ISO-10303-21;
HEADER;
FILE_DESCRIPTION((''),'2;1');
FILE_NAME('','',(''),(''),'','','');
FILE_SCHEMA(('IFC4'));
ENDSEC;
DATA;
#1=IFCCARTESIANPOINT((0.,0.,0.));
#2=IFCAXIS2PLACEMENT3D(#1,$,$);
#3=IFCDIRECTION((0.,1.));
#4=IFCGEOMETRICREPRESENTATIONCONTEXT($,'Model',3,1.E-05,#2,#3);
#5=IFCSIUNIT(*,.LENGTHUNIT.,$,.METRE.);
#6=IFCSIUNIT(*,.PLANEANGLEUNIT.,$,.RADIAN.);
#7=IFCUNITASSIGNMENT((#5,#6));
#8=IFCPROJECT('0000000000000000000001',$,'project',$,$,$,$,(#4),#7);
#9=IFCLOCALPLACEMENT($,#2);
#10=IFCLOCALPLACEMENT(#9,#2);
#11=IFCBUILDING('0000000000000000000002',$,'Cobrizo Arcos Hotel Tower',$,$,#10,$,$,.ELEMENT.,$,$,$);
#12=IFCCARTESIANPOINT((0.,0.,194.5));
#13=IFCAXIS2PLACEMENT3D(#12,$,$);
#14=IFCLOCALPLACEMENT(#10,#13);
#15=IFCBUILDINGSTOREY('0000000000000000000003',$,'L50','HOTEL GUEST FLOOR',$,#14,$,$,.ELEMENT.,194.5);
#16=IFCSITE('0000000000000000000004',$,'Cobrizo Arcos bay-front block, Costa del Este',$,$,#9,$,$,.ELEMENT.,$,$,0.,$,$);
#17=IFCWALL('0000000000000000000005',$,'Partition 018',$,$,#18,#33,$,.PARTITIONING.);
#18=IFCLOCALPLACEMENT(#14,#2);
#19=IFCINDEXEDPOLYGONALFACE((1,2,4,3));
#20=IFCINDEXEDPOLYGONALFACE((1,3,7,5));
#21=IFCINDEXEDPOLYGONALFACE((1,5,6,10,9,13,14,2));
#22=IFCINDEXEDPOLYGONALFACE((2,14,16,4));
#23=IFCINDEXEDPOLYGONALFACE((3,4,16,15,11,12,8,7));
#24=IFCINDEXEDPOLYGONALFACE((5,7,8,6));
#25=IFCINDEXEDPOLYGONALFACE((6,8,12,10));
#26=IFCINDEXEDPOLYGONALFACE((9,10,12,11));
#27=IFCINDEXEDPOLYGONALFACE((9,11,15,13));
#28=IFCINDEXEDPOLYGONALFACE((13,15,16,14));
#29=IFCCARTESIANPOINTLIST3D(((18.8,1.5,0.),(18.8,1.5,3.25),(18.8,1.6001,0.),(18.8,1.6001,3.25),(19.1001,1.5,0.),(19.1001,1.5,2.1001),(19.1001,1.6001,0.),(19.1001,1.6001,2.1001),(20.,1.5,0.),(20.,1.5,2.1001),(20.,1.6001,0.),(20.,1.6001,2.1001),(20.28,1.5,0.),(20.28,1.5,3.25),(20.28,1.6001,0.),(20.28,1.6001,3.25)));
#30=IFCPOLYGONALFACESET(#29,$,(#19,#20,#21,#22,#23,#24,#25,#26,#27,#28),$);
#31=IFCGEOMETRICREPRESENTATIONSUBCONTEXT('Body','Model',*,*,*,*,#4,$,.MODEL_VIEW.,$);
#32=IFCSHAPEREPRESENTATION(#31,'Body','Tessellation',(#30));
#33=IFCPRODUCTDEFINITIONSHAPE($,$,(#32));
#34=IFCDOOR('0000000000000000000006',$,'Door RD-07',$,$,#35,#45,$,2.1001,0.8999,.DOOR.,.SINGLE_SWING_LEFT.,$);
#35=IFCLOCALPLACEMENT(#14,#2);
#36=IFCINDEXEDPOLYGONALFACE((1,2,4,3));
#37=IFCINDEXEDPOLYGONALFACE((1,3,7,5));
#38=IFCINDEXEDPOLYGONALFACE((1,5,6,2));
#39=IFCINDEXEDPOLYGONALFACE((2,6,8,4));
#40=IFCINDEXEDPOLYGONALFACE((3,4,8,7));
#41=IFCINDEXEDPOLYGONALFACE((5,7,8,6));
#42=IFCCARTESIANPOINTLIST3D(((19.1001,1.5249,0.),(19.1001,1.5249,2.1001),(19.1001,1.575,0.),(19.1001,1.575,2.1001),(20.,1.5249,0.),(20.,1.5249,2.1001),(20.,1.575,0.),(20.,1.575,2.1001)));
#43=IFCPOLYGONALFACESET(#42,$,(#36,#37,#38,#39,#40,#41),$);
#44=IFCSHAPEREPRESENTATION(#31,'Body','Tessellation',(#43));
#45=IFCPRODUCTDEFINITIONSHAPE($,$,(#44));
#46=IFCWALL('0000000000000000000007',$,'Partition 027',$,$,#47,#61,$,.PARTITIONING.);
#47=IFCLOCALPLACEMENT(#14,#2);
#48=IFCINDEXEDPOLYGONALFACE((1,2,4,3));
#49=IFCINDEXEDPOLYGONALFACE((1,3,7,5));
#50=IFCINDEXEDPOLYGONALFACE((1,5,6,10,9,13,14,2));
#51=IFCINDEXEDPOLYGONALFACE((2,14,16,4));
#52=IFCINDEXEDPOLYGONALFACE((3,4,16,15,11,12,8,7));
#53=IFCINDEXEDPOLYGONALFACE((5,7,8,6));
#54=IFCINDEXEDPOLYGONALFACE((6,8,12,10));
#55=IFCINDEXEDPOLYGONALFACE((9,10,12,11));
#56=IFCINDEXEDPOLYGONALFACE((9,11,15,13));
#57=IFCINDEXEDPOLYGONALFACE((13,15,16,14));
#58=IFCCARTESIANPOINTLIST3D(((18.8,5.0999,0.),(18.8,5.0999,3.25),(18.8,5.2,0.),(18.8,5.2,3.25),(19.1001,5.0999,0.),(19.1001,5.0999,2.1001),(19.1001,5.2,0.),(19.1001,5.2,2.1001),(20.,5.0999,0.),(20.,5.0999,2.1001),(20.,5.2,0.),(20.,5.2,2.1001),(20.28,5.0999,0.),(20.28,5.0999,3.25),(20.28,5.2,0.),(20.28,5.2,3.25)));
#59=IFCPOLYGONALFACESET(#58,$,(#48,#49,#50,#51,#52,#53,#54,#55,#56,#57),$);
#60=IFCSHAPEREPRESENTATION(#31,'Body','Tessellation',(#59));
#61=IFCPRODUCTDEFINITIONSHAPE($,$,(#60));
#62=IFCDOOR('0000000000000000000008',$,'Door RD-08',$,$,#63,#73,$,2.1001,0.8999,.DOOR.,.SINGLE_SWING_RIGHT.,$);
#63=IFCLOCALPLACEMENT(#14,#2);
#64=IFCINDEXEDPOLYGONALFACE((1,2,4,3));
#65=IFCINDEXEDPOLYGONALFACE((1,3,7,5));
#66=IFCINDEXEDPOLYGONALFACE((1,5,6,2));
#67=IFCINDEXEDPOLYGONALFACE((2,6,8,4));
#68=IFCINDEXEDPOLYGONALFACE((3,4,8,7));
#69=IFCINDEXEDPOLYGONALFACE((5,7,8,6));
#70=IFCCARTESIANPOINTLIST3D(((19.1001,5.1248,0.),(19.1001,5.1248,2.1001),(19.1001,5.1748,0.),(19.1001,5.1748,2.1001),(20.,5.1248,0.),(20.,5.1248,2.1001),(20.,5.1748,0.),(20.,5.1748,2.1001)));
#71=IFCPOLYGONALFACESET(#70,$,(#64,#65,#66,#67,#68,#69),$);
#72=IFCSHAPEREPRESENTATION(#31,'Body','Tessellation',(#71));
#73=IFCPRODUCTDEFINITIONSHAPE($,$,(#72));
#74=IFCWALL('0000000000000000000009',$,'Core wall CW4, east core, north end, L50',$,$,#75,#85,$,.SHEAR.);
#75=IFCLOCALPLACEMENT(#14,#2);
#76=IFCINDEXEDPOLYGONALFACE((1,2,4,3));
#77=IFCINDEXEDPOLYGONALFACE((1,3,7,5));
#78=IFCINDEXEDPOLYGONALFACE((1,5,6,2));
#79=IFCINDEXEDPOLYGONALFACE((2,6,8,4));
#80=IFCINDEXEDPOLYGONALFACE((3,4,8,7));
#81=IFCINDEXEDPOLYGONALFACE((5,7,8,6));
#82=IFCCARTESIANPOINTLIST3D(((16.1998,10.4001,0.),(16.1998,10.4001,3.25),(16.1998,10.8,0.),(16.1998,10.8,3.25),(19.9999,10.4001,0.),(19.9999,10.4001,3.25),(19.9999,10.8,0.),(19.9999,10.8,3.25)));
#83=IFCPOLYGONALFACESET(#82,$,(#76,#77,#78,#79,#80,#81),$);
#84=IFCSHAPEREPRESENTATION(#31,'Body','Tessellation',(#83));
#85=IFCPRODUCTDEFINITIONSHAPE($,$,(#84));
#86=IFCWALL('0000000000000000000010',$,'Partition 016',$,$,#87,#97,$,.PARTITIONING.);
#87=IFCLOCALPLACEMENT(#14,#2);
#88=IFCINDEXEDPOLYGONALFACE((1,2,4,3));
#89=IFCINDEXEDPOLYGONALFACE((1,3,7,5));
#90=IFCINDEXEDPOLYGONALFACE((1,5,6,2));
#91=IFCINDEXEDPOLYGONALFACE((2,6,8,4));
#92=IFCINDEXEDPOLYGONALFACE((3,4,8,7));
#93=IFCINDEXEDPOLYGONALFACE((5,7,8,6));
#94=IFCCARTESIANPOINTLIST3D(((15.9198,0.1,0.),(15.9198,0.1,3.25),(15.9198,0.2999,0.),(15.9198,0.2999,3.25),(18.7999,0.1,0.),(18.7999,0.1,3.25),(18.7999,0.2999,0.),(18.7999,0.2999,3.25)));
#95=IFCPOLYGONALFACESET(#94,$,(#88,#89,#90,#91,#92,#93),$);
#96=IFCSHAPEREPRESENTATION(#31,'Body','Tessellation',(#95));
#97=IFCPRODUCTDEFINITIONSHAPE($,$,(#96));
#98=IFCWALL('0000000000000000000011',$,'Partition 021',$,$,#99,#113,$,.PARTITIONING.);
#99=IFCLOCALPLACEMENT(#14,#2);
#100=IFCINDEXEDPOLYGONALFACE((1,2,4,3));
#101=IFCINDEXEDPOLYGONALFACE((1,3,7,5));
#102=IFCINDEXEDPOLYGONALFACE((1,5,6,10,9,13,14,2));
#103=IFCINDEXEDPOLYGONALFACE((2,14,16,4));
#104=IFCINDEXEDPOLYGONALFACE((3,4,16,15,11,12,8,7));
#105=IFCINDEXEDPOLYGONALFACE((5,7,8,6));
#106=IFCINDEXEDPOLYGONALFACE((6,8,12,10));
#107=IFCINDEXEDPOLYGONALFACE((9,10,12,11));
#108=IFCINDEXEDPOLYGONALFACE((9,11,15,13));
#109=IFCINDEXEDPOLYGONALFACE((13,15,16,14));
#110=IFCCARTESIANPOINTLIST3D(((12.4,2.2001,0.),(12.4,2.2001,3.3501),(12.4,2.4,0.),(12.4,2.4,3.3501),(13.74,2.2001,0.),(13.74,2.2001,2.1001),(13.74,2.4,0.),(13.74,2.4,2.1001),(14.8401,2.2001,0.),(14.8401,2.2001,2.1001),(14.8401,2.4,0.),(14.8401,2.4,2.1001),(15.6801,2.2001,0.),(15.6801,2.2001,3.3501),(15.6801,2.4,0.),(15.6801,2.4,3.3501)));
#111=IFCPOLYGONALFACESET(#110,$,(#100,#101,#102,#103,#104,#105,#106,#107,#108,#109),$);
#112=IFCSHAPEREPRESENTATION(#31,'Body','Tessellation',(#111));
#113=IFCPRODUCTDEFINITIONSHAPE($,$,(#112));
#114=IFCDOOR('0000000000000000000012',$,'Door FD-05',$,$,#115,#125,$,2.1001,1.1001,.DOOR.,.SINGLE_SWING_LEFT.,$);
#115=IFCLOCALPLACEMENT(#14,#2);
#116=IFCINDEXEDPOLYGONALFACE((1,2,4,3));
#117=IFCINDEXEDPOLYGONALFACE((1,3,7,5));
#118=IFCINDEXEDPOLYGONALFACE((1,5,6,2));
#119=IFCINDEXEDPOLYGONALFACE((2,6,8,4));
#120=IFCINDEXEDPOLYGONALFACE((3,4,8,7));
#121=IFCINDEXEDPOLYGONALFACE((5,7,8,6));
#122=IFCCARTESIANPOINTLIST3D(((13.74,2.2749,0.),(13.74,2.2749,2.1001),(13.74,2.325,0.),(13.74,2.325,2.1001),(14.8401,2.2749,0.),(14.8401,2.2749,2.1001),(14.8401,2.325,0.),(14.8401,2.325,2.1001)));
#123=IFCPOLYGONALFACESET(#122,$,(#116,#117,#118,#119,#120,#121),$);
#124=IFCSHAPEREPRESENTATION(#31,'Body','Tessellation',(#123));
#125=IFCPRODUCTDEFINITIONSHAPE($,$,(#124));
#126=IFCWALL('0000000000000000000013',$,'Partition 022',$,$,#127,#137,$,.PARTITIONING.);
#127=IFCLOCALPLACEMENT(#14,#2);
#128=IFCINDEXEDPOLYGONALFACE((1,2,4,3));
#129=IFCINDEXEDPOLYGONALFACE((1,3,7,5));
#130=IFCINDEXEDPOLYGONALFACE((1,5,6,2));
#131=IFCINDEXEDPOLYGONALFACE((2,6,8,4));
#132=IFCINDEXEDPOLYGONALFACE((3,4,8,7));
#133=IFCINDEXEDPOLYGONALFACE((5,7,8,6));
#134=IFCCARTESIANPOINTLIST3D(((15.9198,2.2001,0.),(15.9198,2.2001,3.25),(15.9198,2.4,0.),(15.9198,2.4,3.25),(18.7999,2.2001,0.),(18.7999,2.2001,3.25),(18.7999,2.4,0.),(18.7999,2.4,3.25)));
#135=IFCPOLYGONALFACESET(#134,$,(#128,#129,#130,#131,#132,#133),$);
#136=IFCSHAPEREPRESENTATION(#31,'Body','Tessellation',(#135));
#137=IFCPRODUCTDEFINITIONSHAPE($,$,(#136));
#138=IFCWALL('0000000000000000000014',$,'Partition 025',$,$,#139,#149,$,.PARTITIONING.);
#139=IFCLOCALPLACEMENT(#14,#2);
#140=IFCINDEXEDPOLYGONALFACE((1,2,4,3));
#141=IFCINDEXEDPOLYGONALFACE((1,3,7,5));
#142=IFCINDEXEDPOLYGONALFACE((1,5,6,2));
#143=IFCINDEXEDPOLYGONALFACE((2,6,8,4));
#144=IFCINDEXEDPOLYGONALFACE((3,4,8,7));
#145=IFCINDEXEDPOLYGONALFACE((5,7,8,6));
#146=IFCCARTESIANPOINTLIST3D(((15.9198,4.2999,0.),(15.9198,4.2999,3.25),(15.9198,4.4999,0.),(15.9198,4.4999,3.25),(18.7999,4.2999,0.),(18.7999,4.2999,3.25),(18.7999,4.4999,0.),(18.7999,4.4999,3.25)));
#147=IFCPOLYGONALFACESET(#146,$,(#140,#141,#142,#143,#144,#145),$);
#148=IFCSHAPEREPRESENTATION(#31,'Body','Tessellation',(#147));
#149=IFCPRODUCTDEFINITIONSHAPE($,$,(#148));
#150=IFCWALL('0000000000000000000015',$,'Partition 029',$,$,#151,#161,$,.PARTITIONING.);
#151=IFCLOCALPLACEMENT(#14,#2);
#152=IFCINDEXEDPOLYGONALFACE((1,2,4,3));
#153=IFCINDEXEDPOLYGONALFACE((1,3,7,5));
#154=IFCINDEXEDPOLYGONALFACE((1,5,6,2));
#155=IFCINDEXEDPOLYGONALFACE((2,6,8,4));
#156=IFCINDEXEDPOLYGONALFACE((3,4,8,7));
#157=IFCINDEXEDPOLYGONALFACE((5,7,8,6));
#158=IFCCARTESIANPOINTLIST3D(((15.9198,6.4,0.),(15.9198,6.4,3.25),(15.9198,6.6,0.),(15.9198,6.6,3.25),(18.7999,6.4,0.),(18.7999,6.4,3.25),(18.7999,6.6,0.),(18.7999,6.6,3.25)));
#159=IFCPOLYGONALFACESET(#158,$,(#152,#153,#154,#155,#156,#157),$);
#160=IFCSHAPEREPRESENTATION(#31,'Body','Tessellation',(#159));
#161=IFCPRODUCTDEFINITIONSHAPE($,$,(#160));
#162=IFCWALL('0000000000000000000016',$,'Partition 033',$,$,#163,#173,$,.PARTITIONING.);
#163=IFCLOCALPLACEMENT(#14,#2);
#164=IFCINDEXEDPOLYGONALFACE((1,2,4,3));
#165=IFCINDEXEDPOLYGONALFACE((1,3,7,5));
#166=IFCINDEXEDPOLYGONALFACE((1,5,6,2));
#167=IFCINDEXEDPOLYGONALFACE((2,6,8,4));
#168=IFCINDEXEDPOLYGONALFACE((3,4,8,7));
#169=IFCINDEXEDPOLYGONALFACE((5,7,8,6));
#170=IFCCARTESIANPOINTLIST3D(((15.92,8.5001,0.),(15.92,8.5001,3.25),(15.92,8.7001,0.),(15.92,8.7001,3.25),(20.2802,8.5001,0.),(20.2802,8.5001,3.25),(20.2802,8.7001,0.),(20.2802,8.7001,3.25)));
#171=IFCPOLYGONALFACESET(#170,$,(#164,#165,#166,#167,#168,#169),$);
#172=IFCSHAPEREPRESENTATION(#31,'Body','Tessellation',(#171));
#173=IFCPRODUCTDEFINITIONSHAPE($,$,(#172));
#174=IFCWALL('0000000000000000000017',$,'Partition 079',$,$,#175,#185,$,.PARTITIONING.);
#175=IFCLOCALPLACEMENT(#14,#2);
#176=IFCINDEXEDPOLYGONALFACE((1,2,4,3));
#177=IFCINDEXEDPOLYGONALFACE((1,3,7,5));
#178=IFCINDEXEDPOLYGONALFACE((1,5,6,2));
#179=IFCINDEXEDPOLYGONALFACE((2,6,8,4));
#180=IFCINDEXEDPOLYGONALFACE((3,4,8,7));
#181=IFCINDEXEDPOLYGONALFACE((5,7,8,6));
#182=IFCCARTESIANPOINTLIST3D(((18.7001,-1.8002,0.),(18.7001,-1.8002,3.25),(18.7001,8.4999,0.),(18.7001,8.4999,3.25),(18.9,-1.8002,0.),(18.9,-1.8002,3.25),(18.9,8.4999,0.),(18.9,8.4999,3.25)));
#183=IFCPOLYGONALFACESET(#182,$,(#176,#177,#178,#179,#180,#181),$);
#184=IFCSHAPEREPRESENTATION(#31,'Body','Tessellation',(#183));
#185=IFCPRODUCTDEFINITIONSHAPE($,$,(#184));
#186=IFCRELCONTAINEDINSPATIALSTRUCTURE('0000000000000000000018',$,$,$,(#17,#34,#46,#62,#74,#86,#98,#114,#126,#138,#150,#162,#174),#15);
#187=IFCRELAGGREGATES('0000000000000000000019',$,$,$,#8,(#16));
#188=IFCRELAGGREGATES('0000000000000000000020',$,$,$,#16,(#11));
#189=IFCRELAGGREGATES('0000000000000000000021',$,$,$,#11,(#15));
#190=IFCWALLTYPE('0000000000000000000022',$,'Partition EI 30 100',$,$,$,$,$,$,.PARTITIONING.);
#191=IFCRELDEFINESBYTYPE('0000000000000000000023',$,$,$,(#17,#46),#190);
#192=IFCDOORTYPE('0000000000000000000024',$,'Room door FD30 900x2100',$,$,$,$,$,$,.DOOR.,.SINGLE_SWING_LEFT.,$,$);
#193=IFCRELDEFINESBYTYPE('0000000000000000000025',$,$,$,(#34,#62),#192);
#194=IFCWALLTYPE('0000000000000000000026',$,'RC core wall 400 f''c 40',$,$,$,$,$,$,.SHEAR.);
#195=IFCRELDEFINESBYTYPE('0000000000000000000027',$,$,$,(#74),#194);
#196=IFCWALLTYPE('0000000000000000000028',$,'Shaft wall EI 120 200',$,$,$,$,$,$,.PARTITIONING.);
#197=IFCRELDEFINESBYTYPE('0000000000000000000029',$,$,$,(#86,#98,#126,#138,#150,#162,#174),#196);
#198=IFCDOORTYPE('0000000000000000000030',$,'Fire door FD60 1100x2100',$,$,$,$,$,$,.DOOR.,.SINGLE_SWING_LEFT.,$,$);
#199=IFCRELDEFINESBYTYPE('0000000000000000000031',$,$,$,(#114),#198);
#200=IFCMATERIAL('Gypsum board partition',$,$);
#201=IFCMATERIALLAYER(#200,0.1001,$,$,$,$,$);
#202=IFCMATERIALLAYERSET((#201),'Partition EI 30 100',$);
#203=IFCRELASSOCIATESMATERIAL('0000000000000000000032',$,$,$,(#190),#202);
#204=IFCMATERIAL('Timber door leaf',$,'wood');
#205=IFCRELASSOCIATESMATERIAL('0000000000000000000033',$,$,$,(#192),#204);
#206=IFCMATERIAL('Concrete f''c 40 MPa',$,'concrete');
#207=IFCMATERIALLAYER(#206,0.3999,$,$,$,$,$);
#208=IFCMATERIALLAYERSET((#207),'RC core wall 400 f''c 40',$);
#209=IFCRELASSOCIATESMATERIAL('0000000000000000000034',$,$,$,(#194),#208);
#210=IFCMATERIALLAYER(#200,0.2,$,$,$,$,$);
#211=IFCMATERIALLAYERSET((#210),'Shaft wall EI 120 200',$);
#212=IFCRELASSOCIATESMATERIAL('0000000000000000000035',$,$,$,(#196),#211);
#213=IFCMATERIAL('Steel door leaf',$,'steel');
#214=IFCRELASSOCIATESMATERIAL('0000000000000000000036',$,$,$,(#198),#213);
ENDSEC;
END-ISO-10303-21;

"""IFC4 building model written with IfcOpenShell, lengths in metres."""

from ifc_helpers import new_model, si_unit, direction, frame, frame_2d, origin, place, context, subcontext, project, spatial, rectangle, extrude, material, layer, layer_set, type_object, element, fill, save


model = new_model("IFC4")

# Units and contexts
model_context = context("Model", 3, precision=1e-05, world=origin(), true_north=direction((0.0, 1.0)))
body_context = subcontext(model_context, "Body", "Model", "MODEL_VIEW")
ifc_project = project(units=[si_unit("LENGTHUNIT", "METRE"), si_unit("PLANEANGLEUNIT", "RADIAN")], contexts=[model_context])

# Site, building, storey
site_placement = place(None, origin())
site = spatial("IfcSite", under=ifc_project, at=site_placement, Name="Cobrizo Arcos bay-front block, Costa del Este", CompositionType="ELEMENT", RefElevation=0.0)
building_placement = place(site_placement, origin())
building = spatial("IfcBuilding", under=site, at=building_placement, Name="Cobrizo Arcos Hotel Tower", CompositionType="ELEMENT")
storey_placement = place(building_placement, frame((0.0, 0.0, 194.5)))
storey = spatial("IfcBuildingStorey", under=building, at=storey_placement, Name="L50", Description="HOTEL GUEST FLOOR", CompositionType="ELEMENT", Elevation=194.5)

# Shared definitions
ifc_material_1 = material(Name="Gypsum board partition")

# Walls, openings, doors
ifc_layer_1 = layer(ifc_material_1, 0.1001)
ifc_layer_set_1 = layer_set([ifc_layer_1], Name="Partition EI 30 100")
wall_type_1 = type_object("IfcWallType", Name="Partition EI 30 100", PredefinedType="PARTITIONING", material=ifc_layer_set_1)
wall_1_placement = place(storey_placement, frame((18.8, 1.55, 0.0), z_axis=(0.0, 0.0, 1.0), x_axis=(1.0, 0.0, 0.0)))
wall_1 = element("IfcWall", 1, at=wall_1_placement, inside=storey, type_object=wall_type_1, Name="Partition 018", PredefinedType="PARTITIONING", context=body_context, shape_type="SweptSolid", body=[
    extrude(rectangle(XDim=1.48, YDim=0.1001, at=frame_2d((0.74, 0.0))), origin(), (0.0, 0.0, 1.0), 3.25),
])
opening_1_placement = place(wall_1_placement, frame((0.3, 0.0, 0.0)))
opening_1 = element("IfcOpeningElement", 2, at=opening_1_placement, cuts=wall_1, PredefinedType="OPENING", context=body_context, shape_type="SweptSolid", body=[
    extrude(rectangle(XDim=0.8999, YDim=2.1001, at=frame_2d((0.45, 1.05))), frame((0.0, 0.062, 0.0), z_axis=(0.0, -1.0, 0.0), x_axis=(1.0, 0.0, 0.0)), (0.0, 0.0, 1.0), 0.124),
])
ifc_material_2 = material(Name="Timber door leaf", Category="wood")
door_type_1 = type_object("IfcDoorType", Name="Room door FD30 900x2100", OperationType="SINGLE_SWING_LEFT", PredefinedType="DOOR", material=ifc_material_2)
door_1_placement = place(opening_1_placement, origin())
door_1 = element("IfcDoor", 3, at=door_1_placement, inside=storey, type_object=door_type_1, Name="Door RD-07", OperationType="SINGLE_SWING_LEFT", OverallHeight=2.1001, OverallWidth=0.8999, PredefinedType="DOOR", context=body_context, shape_type="SweptSolid", body=[
    extrude(rectangle(XDim=0.8999, YDim=2.1001, at=frame_2d((0.45, 1.05))), frame((0.0, 0.0249, 0.0), z_axis=(0.0, -1.0, 0.0), x_axis=(1.0, 0.0, 0.0)), (0.0, 0.0, 1.0), 0.05),
])
fill(opening_1, door_1)
wall_2_placement = place(storey_placement, frame((18.8, 5.1499, 0.0), z_axis=(0.0, 0.0, 1.0), x_axis=(1.0, 0.0, 0.0)))
wall_2 = element("IfcWall", 4, at=wall_2_placement, inside=storey, type_object=wall_type_1, Name="Partition 027", PredefinedType="PARTITIONING", context=body_context, shape_type="SweptSolid", body=[
    extrude(rectangle(XDim=1.48, YDim=0.1001, at=frame_2d((0.74, 0.0))), origin(), (0.0, 0.0, 1.0), 3.25),
])
opening_2_placement = place(wall_2_placement, frame((0.3, 0.0, 0.0)))
opening_2 = element("IfcOpeningElement", 5, at=opening_2_placement, cuts=wall_2, PredefinedType="OPENING", context=body_context, shape_type="SweptSolid", body=[
    extrude(rectangle(XDim=0.8999, YDim=2.1001, at=frame_2d((0.45, 1.05))), frame((0.0, 0.062, 0.0), z_axis=(0.0, -1.0, 0.0), x_axis=(1.0, 0.0, 0.0)), (0.0, 0.0, 1.0), 0.124),
])
door_2_placement = place(opening_2_placement, origin())
door_2 = element("IfcDoor", 6, at=door_2_placement, inside=storey, type_object=door_type_1, Name="Door RD-08", OperationType="SINGLE_SWING_RIGHT", OverallHeight=2.1001, OverallWidth=0.8999, PredefinedType="DOOR", context=body_context, shape_type="SweptSolid", body=[
    extrude(rectangle(XDim=0.8999, YDim=2.1001, at=frame_2d((0.45, 1.05))), frame((0.0, 0.0249, 0.0), z_axis=(0.0, -1.0, 0.0), x_axis=(1.0, 0.0, 0.0)), (0.0, 0.0, 1.0), 0.05),
])
fill(opening_2, door_2)

# Walls
ifc_material_3 = material(Name="Concrete f'c 40 MPa", Category="concrete")
ifc_layer_2 = layer(ifc_material_3, 0.3999)
ifc_layer_set_2 = layer_set([ifc_layer_2], Name="RC core wall 400 f'c 40")
wall_type_2 = type_object("IfcWallType", Name="RC core wall 400 f'c 40", PredefinedType="SHEAR", material=ifc_layer_set_2)
wall_3_placement = place(storey_placement, frame((16.2, 10.6001, 0.0), z_axis=(0.0, 0.0, 1.0), x_axis=(1.0, 0.0, 0.0)))
element("IfcWall", 7, at=wall_3_placement, inside=storey, type_object=wall_type_2, Name="Core wall CW4, east core, north end, L50", PredefinedType="SHEAR", context=body_context, shape_type="SweptSolid", body=[
    extrude(rectangle(XDim=3.8, YDim=0.3999, at=frame_2d((1.8999, 0.0))), origin(), (0.0, 0.0, 1.0), 3.25),
])
ifc_layer_3 = layer(ifc_material_1, 0.2)
ifc_layer_set_3 = layer_set([ifc_layer_3], Name="Shaft wall EI 120 200")
wall_type_3 = type_object("IfcWallType", Name="Shaft wall EI 120 200", PredefinedType="PARTITIONING", material=ifc_layer_set_3)
wall_4_placement = place(storey_placement, frame((15.9199, 0.2, 0.0), z_axis=(0.0, 0.0, 1.0), x_axis=(1.0, 0.0, 0.0)))
element("IfcWall", 8, at=wall_4_placement, inside=storey, type_object=wall_type_3, Name="Partition 016", PredefinedType="PARTITIONING", context=body_context, shape_type="SweptSolid", body=[
    extrude(rectangle(XDim=2.8801, YDim=0.2, at=frame_2d((1.4399, 0.0))), origin(), (0.0, 0.0, 1.0), 3.25),
])

# Wall, opening, door
wall_5_placement = place(storey_placement, frame((12.3999, 2.3, 0.0), z_axis=(0.0, 0.0, 1.0), x_axis=(1.0, 0.0, 0.0)))
wall_5 = element("IfcWall", 9, at=wall_5_placement, inside=storey, type_object=wall_type_3, Name="Partition 021", PredefinedType="PARTITIONING", context=body_context, shape_type="SweptSolid", body=[
    extrude(rectangle(XDim=3.28, YDim=0.2, at=frame_2d((1.6401, 0.0))), origin(), (0.0, 0.0, 1.0), 3.3501),
])
opening_3_placement = place(wall_5_placement, frame((1.3401, 0.0, 0.0)))
opening_3 = element("IfcOpeningElement", 10, at=opening_3_placement, cuts=wall_5, PredefinedType="OPENING", context=body_context, shape_type="SweptSolid", body=[
    extrude(rectangle(XDim=1.1001, YDim=2.1001, at=frame_2d((0.55, 1.05))), frame((0.0, 0.1121, 0.0), z_axis=(0.0, -1.0, 0.0), x_axis=(1.0, 0.0, 0.0)), (0.0, 0.0, 1.0), 0.2239),
])
ifc_material_4 = material(Name="Steel door leaf", Category="steel")
door_type_2 = type_object("IfcDoorType", Name="Fire door FD60 1100x2100", OperationType="SINGLE_SWING_LEFT", PredefinedType="DOOR", material=ifc_material_4)
door_3_placement = place(opening_3_placement, origin())
door_3 = element("IfcDoor", 11, at=door_3_placement, inside=storey, type_object=door_type_2, Name="Door FD-05", OperationType="SINGLE_SWING_LEFT", OverallHeight=2.1001, OverallWidth=1.1001, PredefinedType="DOOR", context=body_context, shape_type="SweptSolid", body=[
    extrude(rectangle(XDim=1.1001, YDim=2.1001, at=frame_2d((0.55, 1.05))), frame((0.0, 0.0249, 0.0), z_axis=(0.0, -1.0, 0.0), x_axis=(1.0, 0.0, 0.0)), (0.0, 0.0, 1.0), 0.05),
])
fill(opening_3, door_3)

# Walls
for number, where, z_axis, x_axis, name in (
    (12, (15.9199, 2.3, 0.0), (0.0, 0.0, 1.0), (1.0, 0.0, 0.0), "Partition 022"),
    (13, (15.9199, 4.3999, 0.0), (0.0, 0.0, 1.0), (1.0, 0.0, 0.0), "Partition 025"),
    (14, (15.9199, 6.5, 0.0), (0.0, 0.0, 1.0), (1.0, 0.0, 0.0), "Partition 029"),
):
    element("IfcWall", number, at=place(storey_placement, frame(where, z_axis=z_axis, x_axis=x_axis)), inside=storey, type_object=wall_type_3, Name=name, PredefinedType="PARTITIONING", context=body_context, shape_type="SweptSolid", body=[
        extrude(rectangle(XDim=2.8801, YDim=0.2, at=frame_2d((1.4399, 0.0))), origin(), (0.0, 0.0, 1.0), 3.25),
    ])
wall_6_placement = place(storey_placement, frame((15.9199, 8.6001, 0.0), z_axis=(0.0, 0.0, 1.0), x_axis=(1.0, 0.0, 0.0)))
element("IfcWall", 15, at=wall_6_placement, inside=storey, type_object=wall_type_3, Name="Partition 033", PredefinedType="PARTITIONING", context=body_context, shape_type="SweptSolid", body=[
    extrude(rectangle(XDim=4.3601, YDim=0.2, at=frame_2d((2.1802, 0.0))), origin(), (0.0, 0.0, 1.0), 3.25),
])
wall_7_placement = place(storey_placement, frame((18.8, -1.8, 0.0), z_axis=(0.0, 0.0, 1.0), x_axis=(0.0, 1.0, 0.0)))
element("IfcWall", 16, at=wall_7_placement, inside=storey, type_object=wall_type_3, Name="Partition 079", PredefinedType="PARTITIONING", context=body_context, shape_type="SweptSolid", body=[
    extrude(rectangle(XDim=10.3, YDim=0.2, at=frame_2d((5.1499, 0.0))), origin(), (0.0, 0.0, 1.0), 3.25),
])

save(model, "model.ifc")
